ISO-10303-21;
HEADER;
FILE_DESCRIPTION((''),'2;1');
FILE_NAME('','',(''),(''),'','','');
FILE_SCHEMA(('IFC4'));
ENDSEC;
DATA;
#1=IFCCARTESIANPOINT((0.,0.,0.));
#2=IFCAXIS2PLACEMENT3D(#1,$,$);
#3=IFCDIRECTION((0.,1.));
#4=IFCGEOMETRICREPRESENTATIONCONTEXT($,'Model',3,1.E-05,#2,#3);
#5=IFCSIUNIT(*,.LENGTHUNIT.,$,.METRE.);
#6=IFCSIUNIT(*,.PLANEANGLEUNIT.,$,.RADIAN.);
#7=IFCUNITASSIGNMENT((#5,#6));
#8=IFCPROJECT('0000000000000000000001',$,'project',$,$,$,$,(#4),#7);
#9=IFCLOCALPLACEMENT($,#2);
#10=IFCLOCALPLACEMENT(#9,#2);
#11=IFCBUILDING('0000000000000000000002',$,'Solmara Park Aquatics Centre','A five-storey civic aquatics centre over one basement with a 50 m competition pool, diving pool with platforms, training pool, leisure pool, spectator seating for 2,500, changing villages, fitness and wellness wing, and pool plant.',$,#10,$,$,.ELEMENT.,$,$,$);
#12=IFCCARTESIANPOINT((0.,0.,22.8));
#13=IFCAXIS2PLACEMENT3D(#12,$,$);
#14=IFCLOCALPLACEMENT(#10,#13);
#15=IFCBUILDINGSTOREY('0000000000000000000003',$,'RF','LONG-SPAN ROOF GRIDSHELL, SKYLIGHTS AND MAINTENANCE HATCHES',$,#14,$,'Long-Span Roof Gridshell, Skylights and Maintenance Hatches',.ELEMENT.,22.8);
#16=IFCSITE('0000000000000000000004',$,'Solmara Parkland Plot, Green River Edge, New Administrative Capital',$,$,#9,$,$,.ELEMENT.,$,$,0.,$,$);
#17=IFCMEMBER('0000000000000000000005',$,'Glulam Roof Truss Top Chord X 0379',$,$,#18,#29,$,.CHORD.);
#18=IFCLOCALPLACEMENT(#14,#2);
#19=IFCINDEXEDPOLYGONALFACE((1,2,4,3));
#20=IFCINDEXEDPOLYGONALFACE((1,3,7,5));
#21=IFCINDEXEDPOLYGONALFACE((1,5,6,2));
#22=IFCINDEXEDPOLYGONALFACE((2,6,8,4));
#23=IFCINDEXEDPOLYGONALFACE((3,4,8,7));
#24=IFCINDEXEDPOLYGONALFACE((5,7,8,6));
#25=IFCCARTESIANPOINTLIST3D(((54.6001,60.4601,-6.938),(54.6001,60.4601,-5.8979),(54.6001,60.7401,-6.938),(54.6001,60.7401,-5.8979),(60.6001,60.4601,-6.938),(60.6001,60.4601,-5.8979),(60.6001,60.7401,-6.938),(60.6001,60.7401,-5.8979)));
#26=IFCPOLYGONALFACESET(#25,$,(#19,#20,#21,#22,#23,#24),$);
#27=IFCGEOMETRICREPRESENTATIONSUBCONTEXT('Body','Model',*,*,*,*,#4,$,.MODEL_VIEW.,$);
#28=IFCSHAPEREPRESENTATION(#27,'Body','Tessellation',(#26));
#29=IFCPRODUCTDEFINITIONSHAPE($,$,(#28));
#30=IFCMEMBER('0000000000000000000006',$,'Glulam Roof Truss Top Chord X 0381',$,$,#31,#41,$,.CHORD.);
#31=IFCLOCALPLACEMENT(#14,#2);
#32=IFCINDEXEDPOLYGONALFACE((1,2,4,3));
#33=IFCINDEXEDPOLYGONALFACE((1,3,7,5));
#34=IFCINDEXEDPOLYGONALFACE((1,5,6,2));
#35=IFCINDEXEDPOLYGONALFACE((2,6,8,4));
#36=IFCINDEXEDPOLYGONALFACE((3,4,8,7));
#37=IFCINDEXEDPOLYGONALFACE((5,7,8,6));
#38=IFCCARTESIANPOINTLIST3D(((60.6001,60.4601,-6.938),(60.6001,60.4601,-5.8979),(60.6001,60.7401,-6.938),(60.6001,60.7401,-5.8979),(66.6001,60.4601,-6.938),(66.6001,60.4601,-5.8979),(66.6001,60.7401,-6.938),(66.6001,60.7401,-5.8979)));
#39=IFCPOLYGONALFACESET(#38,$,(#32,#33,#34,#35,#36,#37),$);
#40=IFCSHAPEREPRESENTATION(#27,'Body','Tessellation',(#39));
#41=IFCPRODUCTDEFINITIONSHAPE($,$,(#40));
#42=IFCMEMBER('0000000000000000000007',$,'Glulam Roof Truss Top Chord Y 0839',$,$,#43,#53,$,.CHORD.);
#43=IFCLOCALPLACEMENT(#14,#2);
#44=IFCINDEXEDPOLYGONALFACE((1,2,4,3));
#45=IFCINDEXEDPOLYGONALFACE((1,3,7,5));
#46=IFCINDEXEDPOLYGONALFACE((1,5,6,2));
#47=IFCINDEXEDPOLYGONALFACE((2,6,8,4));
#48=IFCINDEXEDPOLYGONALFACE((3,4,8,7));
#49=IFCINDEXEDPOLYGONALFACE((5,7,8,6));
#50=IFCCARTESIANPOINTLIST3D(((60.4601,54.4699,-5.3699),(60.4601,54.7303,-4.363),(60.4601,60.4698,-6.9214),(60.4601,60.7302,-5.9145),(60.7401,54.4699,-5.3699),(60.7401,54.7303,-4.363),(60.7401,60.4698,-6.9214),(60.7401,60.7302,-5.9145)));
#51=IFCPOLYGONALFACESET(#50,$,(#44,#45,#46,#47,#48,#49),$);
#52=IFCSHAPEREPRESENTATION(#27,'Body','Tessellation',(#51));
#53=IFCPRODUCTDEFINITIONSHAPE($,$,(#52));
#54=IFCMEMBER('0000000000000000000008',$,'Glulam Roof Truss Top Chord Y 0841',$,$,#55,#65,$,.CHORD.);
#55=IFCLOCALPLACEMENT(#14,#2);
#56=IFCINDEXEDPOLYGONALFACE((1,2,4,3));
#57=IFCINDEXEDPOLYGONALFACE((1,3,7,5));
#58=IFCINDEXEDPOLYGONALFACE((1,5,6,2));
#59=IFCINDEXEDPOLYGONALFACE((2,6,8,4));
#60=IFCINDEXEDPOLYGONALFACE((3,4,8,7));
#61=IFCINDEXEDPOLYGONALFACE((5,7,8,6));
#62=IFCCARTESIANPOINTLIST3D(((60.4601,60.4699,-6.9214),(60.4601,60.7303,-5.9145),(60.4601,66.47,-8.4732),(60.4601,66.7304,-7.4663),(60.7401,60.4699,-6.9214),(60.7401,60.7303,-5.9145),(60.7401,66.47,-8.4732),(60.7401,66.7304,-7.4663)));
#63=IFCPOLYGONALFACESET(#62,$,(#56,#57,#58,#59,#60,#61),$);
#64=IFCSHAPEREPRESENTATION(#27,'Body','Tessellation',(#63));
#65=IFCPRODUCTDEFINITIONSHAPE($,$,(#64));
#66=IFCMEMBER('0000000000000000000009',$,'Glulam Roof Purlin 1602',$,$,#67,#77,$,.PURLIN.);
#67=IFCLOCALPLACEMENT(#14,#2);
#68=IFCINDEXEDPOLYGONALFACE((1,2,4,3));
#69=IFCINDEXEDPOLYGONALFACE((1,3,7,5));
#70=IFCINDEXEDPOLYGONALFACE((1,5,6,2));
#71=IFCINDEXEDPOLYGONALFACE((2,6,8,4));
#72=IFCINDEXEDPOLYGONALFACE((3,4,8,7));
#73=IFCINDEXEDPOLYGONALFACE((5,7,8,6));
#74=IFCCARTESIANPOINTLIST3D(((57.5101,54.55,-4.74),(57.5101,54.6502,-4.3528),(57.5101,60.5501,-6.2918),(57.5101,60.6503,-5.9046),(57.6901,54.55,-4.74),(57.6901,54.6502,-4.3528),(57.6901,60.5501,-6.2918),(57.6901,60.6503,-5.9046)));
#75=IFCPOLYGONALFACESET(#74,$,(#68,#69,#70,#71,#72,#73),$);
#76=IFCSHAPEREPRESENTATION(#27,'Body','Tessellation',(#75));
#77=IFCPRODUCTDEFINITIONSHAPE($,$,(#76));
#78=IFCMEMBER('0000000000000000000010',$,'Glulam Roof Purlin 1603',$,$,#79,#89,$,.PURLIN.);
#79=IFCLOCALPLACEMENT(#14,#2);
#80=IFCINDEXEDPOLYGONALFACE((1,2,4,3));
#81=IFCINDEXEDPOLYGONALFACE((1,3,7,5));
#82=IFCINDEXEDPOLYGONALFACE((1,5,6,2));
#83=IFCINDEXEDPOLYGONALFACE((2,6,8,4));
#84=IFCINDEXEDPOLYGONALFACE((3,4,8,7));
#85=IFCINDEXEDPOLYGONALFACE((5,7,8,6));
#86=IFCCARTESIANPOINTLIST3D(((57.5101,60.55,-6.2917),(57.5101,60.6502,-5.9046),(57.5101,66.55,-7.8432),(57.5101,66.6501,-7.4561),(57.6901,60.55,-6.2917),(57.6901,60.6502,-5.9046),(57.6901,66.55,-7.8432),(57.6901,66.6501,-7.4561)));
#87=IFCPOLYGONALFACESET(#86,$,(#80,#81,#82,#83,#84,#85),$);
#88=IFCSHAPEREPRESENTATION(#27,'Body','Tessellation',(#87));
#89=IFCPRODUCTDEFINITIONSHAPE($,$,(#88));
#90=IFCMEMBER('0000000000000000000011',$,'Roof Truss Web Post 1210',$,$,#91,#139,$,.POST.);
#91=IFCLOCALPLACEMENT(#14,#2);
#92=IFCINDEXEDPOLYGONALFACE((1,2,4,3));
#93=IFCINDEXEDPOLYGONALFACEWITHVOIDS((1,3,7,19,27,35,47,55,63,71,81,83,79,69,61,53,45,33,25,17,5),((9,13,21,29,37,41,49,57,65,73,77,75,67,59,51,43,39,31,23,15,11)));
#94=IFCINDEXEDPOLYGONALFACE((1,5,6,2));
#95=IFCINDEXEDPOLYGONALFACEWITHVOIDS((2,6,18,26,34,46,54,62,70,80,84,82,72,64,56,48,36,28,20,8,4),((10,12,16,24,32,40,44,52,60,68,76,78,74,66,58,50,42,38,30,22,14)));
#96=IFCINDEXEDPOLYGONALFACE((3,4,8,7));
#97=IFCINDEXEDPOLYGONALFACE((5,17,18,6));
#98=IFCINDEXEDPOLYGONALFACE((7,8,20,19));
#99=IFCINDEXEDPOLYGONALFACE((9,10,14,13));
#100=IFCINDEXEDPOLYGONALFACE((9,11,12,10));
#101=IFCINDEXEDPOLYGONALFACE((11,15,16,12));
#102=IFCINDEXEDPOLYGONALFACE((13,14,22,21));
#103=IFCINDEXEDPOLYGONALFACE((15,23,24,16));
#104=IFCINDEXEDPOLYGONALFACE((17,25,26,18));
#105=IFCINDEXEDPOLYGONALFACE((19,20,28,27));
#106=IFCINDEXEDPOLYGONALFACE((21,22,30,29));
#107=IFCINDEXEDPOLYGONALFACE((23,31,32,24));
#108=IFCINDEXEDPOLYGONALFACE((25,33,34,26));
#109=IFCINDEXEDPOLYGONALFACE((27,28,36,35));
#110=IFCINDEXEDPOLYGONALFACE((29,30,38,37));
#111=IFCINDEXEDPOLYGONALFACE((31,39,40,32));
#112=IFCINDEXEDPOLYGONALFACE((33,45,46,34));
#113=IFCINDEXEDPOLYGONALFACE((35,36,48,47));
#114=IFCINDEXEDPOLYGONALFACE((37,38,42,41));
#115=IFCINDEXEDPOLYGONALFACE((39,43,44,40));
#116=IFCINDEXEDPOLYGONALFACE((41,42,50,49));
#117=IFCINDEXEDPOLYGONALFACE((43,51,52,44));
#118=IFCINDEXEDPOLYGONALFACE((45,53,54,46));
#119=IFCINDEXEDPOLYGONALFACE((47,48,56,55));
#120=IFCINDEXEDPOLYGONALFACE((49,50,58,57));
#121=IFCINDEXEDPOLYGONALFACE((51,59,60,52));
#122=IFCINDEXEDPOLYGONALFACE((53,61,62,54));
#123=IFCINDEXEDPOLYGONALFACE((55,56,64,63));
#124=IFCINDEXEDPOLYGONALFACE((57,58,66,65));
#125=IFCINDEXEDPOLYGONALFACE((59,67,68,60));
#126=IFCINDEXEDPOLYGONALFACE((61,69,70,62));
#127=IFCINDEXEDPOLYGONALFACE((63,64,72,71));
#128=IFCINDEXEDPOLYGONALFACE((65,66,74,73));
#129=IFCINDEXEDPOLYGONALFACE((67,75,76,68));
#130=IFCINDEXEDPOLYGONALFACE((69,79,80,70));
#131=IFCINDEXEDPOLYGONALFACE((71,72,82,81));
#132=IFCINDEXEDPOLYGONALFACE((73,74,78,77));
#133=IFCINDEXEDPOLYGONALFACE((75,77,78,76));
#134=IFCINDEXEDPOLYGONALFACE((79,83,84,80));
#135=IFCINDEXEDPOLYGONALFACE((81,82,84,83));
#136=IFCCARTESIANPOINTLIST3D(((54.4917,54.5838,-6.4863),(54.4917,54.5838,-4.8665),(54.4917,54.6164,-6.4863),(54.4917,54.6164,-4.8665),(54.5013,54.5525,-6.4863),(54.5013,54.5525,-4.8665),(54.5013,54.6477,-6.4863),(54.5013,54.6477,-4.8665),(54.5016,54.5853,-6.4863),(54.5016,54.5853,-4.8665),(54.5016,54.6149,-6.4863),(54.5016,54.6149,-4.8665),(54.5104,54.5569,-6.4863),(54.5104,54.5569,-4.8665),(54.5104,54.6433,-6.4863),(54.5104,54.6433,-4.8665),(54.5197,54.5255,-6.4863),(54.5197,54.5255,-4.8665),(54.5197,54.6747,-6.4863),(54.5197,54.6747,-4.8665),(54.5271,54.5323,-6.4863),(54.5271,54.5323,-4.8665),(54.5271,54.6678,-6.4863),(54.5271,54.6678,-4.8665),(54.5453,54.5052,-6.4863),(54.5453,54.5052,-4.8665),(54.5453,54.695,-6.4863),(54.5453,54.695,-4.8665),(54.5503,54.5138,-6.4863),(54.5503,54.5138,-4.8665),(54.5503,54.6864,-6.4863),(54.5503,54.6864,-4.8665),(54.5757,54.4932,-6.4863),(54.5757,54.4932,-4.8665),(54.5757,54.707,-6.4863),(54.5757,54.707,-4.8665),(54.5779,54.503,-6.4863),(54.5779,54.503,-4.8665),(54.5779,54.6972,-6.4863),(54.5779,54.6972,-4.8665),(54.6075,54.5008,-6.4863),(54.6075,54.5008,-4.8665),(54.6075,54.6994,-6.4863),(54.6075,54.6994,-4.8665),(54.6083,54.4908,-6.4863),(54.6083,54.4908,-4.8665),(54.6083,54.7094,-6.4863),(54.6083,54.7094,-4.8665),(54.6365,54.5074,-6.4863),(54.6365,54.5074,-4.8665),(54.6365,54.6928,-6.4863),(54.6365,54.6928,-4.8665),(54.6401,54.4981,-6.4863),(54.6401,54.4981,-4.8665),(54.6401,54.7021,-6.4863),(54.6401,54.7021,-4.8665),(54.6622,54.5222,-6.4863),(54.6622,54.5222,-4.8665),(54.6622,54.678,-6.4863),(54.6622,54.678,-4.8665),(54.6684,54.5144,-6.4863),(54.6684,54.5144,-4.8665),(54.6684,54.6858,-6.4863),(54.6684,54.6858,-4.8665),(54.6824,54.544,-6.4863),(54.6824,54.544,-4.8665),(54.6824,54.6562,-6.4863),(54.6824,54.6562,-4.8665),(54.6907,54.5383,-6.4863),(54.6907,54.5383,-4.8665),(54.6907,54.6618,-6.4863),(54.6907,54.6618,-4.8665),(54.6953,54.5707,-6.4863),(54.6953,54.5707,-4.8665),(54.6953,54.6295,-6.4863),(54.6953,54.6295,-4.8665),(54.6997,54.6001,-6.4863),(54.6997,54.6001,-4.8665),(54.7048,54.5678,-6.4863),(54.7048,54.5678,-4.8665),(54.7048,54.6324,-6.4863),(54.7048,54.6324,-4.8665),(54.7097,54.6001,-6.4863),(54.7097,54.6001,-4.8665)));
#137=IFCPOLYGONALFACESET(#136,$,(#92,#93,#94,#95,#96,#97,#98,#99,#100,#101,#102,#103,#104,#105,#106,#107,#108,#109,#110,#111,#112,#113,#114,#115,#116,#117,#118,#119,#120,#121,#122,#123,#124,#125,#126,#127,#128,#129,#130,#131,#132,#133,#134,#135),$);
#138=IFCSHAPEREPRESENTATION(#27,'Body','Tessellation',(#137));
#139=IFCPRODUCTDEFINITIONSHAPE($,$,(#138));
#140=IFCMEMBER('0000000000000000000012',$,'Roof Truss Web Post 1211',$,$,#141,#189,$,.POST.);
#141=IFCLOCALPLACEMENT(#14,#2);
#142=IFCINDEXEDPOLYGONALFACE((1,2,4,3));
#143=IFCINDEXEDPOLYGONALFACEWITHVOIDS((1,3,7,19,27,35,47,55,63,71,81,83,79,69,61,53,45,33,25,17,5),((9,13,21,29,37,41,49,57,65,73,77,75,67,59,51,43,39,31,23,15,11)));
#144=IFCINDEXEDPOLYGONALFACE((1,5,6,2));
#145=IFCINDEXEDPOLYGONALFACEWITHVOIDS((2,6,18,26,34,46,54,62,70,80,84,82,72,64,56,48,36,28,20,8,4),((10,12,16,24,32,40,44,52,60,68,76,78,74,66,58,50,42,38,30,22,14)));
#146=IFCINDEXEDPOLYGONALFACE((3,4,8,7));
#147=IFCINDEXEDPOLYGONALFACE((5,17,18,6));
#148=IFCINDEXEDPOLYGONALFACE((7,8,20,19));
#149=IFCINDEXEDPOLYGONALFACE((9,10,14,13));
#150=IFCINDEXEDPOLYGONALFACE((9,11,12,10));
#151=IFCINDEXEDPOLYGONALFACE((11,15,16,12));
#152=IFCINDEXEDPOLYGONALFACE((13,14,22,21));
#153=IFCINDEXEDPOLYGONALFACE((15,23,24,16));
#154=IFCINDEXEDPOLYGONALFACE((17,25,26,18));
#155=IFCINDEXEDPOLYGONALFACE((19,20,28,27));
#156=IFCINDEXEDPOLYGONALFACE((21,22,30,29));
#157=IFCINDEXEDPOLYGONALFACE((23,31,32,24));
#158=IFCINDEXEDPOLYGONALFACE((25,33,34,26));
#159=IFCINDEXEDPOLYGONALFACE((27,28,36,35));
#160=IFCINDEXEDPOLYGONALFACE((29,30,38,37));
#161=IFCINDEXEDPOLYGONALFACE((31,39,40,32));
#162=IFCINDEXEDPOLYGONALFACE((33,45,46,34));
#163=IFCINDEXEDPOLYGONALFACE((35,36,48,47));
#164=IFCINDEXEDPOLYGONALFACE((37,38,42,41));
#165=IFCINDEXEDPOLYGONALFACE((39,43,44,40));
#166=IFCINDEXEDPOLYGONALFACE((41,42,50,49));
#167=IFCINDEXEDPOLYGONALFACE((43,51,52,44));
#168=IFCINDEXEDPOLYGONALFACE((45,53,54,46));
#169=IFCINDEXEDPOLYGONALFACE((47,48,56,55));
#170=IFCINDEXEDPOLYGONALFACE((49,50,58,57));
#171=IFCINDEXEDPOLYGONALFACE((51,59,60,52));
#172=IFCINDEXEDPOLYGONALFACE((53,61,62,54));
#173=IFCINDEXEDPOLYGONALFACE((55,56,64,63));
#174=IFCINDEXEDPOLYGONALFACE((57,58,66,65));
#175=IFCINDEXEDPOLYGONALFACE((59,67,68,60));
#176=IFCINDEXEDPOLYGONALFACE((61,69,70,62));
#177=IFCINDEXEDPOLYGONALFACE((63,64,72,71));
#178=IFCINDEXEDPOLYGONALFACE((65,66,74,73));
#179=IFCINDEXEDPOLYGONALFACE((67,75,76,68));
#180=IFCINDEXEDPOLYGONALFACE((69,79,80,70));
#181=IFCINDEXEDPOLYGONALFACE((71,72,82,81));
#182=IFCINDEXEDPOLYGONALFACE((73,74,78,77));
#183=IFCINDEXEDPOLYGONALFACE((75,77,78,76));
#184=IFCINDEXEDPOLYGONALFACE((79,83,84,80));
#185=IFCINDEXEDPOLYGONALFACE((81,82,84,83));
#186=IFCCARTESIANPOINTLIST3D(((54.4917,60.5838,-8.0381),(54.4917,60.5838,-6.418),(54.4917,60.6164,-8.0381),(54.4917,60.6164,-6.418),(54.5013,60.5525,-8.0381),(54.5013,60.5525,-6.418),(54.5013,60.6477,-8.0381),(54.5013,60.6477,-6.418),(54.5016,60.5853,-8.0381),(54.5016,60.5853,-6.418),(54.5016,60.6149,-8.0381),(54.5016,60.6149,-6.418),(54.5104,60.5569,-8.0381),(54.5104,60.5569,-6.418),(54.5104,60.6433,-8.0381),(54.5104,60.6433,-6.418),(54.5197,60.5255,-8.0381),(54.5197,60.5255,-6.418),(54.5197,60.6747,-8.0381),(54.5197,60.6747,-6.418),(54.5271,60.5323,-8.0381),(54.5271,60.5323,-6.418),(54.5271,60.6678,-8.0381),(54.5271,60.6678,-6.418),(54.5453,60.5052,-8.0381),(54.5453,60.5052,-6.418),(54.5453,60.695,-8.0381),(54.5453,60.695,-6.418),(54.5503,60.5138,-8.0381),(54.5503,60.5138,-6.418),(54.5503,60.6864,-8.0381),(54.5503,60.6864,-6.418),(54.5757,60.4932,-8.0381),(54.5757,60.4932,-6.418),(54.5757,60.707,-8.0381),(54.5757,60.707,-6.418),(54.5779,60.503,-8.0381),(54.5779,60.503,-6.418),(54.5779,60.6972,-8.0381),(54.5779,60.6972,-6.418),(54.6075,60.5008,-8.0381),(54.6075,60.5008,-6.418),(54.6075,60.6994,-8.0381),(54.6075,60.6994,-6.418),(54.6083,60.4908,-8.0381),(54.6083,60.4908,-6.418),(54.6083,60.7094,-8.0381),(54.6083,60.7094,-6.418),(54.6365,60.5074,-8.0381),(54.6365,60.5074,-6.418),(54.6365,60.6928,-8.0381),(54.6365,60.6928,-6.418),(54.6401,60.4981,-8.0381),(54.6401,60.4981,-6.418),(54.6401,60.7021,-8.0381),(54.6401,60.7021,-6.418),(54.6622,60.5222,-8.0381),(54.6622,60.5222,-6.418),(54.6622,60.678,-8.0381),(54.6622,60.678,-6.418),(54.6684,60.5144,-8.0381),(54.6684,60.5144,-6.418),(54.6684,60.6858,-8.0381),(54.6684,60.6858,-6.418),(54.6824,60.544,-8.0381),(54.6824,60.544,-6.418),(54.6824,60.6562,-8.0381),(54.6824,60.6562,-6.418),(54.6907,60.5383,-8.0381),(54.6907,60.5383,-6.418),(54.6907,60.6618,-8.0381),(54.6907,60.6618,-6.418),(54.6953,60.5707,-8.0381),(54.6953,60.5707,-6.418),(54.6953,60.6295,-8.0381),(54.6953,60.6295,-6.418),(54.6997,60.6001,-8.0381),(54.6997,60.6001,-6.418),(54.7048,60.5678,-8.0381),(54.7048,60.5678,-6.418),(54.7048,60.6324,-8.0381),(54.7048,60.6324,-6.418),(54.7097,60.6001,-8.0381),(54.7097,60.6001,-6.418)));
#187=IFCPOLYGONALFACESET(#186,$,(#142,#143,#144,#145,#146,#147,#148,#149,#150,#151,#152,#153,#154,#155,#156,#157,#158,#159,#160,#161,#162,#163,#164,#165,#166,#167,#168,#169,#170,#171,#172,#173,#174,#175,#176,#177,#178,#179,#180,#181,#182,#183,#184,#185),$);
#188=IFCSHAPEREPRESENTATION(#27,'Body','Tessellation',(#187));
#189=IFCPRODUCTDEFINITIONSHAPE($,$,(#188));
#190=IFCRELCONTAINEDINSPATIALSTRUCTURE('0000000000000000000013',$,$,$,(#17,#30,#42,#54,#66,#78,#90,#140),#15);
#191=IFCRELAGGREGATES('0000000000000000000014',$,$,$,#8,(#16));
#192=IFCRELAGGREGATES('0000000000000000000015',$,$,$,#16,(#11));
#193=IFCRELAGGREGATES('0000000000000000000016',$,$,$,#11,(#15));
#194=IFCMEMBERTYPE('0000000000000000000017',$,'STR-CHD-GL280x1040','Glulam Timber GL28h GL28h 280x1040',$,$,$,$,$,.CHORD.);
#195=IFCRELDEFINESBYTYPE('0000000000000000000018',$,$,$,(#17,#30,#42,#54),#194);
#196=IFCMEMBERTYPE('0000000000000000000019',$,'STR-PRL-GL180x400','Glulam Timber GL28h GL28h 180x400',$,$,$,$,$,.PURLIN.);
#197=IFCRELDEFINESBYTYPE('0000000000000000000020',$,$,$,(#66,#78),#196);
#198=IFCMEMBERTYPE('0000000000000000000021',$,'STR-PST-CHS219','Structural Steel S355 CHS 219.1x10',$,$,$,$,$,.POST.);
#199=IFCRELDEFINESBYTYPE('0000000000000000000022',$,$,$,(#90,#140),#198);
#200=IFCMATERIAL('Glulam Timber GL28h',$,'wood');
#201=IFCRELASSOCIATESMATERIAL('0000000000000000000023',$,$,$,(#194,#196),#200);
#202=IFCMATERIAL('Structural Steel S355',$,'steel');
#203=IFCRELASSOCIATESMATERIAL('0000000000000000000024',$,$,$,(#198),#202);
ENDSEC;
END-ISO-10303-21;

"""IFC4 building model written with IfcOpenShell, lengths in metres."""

from ifc_helpers import new_model, si_unit, direction, frame, origin, origin_2d, place, context, subcontext, project, spatial, rectangle, hollow_circle, extrude, material, material_profile, profile_set, type_object, element, save


model = new_model("IFC4")

# Units and contexts
model_context = context("Model", 3, precision=1e-05, world=origin(), true_north=direction((0.0, 1.0)))
body_context = subcontext(model_context, "Body", "Model", "MODEL_VIEW")
ifc_project = project(units=[si_unit("LENGTHUNIT", "METRE"), si_unit("PLANEANGLEUNIT", "RADIAN")], contexts=[model_context])

# Site, building, storey
site_placement = place(None, origin())
site = spatial("IfcSite", under=ifc_project, at=site_placement, Name="Solmara Parkland Plot, Green River Edge, New Administrative Capital", CompositionType="ELEMENT", RefElevation=0.0)
building_placement = place(site_placement, origin())
building = spatial("IfcBuilding", under=site, at=building_placement, Name="Solmara Park Aquatics Centre", Description="A five-storey civic aquatics centre over one basement with a 50 m competition pool, diving pool with platforms, training pool, leisure pool, spectator seating for 2,500, changing villages, fitness and wellness wing, and pool plant.", CompositionType="ELEMENT")
storey_placement = place(building_placement, frame((0.0, 0.0, 22.8)))
storey = spatial("IfcBuildingStorey", under=building, at=storey_placement, Name="RF", Description="LONG-SPAN ROOF GRIDSHELL, SKYLIGHTS AND MAINTENANCE HATCHES", LongName="Long-Span Roof Gridshell, Skylights and Maintenance Hatches", CompositionType="ELEMENT", Elevation=22.8)

# Members
ifc_material_1 = material(Name="Structural Steel S355", Category="steel")
ifc_material_2 = material(Name="Glulam Timber GL28h", Category="wood")
ifc_material_profile_1 = material_profile(ifc_material_2, rectangle(XDim=0.28, YDim=1.04, at=origin_2d()), Name="GL28h 280x1040")
ifc_profile_set_1 = profile_set([ifc_material_profile_1], Name="Glulam Timber GL28h")
member_type_1 = type_object("IfcMemberType", Name="STR-CHD-GL280x1040", Description="Glulam Timber GL28h GL28h 280x1040", PredefinedType="CHORD", material=ifc_profile_set_1)
for number, where, z_axis, x_axis, name in (
    (1, (54.6001, 60.6001, -6.418), (1.0, 0.0, 0.0), (0.0, 1.0, 0.0), "Glulam Roof Truss Top Chord X 0379"),
    (2, (60.6001, 60.6001, -6.418), (1.0, 0.0, 0.0), (0.0, 1.0, 0.0), "Glulam Roof Truss Top Chord X 0381"),
):
    element("IfcMember", number, at=place(storey_placement, frame(where, z_axis=z_axis, x_axis=x_axis)), inside=storey, type_object=member_type_1, Name=name, PredefinedType="CHORD", context=body_context, shape_type="SweptSolid", body=[
        extrude(rectangle(XDim=0.28, YDim=1.04, at=origin_2d()), origin(), (0.0, 0.0, 1.0), 6.0),
    ])
member_1_placement = place(storey_placement, frame((60.6001, 54.6001, -4.8665), z_axis=(0.0, 0.968155, -0.250351), x_axis=(-1.0, 0.0, 0.0)))
element("IfcMember", 3, at=member_1_placement, inside=storey, type_object=member_type_1, Name="Glulam Roof Truss Top Chord Y 0839", PredefinedType="CHORD", context=body_context, shape_type="SweptSolid", body=[
    extrude(rectangle(XDim=0.28, YDim=1.04, at=origin_2d()), origin(), (0.0, 0.0, 1.0), 6.1973),
])
member_2_placement = place(storey_placement, frame((60.6001, 60.6001, -6.418), z_axis=(0.0, 0.968146, -0.250388), x_axis=(-1.0, 0.0, 0.0)))
element("IfcMember", 4, at=member_2_placement, inside=storey, type_object=member_type_1, Name="Glulam Roof Truss Top Chord Y 0841", PredefinedType="CHORD", context=body_context, shape_type="SweptSolid", body=[
    extrude(rectangle(XDim=0.28, YDim=1.04, at=origin_2d()), origin(), (0.0, 0.0, 1.0), 6.1975),
])
ifc_material_profile_2 = material_profile(ifc_material_2, rectangle(XDim=0.1799, YDim=0.3999, at=origin_2d()), Name="GL28h 180x400")
ifc_profile_set_2 = profile_set([ifc_material_profile_2], Name="Glulam Timber GL28h")
member_type_2 = type_object("IfcMemberType", Name="STR-PRL-GL180x400", Description="Glulam Timber GL28h GL28h 180x400", PredefinedType="PURLIN", material=ifc_profile_set_2)
member_3_placement = place(storey_placement, frame((57.6001, 54.6001, -4.5464), z_axis=(0.0, 0.968146, -0.250388), x_axis=(-1.0, 0.0, 0.0)))
element("IfcMember", 5, at=member_3_placement, inside=storey, type_object=member_type_2, Name="Glulam Roof Purlin 1602", PredefinedType="PURLIN", context=body_context, shape_type="SweptSolid", body=[
    extrude(rectangle(XDim=0.1799, YDim=0.3999, at=origin_2d()), origin(), (0.0, 0.0, 1.0), 6.1975),
])
member_4_placement = place(storey_placement, frame((57.6001, 60.6001, -6.0981), z_axis=(0.0, 0.968155, -0.250351), x_axis=(-1.0, 0.0, 0.0)))
element("IfcMember", 6, at=member_4_placement, inside=storey, type_object=member_type_2, Name="Glulam Roof Purlin 1603", PredefinedType="PURLIN", context=body_context, shape_type="SweptSolid", body=[
    extrude(rectangle(XDim=0.1799, YDim=0.3999, at=origin_2d()), origin(), (0.0, 0.0, 1.0), 6.1973),
])
ifc_material_profile_3 = material_profile(ifc_material_1, hollow_circle(Radius=0.1096, WallThickness=0.01, at=origin_2d()), Name="CHS 219.1x10")
ifc_profile_set_3 = profile_set([ifc_material_profile_3], Name="Structural Steel S355")
member_type_3 = type_object("IfcMemberType", Name="STR-PST-CHS219", Description="Structural Steel S355 CHS 219.1x10", PredefinedType="POST", material=ifc_profile_set_3)
member_5_placement = place(storey_placement, frame((54.6001, 54.6001, -6.4863), z_axis=(0.0, 0.0, 1.0), x_axis=(1.0, 0.0, 0.0)))
element("IfcMember", 7, at=member_5_placement, inside=storey, type_object=member_type_3, Name="Roof Truss Web Post 1210", PredefinedType="POST", context=body_context, shape_type="SweptSolid", body=[
    extrude(hollow_circle(Radius=0.1096, WallThickness=0.01, at=origin_2d()), origin(), (0.0, 0.0, 1.0), 1.6199),
])
member_6_placement = place(storey_placement, frame((54.6001, 60.6001, -8.0381), z_axis=(0.0, 0.0, 1.0), x_axis=(1.0, 0.0, 0.0)))
element("IfcMember", 8, at=member_6_placement, inside=storey, type_object=member_type_3, Name="Roof Truss Web Post 1211", PredefinedType="POST", context=body_context, shape_type="SweptSolid", body=[
    extrude(hollow_circle(Radius=0.1096, WallThickness=0.01, at=origin_2d()), origin(), (0.0, 0.0, 1.0), 1.6201),
])

save(model, "model.ifc")
